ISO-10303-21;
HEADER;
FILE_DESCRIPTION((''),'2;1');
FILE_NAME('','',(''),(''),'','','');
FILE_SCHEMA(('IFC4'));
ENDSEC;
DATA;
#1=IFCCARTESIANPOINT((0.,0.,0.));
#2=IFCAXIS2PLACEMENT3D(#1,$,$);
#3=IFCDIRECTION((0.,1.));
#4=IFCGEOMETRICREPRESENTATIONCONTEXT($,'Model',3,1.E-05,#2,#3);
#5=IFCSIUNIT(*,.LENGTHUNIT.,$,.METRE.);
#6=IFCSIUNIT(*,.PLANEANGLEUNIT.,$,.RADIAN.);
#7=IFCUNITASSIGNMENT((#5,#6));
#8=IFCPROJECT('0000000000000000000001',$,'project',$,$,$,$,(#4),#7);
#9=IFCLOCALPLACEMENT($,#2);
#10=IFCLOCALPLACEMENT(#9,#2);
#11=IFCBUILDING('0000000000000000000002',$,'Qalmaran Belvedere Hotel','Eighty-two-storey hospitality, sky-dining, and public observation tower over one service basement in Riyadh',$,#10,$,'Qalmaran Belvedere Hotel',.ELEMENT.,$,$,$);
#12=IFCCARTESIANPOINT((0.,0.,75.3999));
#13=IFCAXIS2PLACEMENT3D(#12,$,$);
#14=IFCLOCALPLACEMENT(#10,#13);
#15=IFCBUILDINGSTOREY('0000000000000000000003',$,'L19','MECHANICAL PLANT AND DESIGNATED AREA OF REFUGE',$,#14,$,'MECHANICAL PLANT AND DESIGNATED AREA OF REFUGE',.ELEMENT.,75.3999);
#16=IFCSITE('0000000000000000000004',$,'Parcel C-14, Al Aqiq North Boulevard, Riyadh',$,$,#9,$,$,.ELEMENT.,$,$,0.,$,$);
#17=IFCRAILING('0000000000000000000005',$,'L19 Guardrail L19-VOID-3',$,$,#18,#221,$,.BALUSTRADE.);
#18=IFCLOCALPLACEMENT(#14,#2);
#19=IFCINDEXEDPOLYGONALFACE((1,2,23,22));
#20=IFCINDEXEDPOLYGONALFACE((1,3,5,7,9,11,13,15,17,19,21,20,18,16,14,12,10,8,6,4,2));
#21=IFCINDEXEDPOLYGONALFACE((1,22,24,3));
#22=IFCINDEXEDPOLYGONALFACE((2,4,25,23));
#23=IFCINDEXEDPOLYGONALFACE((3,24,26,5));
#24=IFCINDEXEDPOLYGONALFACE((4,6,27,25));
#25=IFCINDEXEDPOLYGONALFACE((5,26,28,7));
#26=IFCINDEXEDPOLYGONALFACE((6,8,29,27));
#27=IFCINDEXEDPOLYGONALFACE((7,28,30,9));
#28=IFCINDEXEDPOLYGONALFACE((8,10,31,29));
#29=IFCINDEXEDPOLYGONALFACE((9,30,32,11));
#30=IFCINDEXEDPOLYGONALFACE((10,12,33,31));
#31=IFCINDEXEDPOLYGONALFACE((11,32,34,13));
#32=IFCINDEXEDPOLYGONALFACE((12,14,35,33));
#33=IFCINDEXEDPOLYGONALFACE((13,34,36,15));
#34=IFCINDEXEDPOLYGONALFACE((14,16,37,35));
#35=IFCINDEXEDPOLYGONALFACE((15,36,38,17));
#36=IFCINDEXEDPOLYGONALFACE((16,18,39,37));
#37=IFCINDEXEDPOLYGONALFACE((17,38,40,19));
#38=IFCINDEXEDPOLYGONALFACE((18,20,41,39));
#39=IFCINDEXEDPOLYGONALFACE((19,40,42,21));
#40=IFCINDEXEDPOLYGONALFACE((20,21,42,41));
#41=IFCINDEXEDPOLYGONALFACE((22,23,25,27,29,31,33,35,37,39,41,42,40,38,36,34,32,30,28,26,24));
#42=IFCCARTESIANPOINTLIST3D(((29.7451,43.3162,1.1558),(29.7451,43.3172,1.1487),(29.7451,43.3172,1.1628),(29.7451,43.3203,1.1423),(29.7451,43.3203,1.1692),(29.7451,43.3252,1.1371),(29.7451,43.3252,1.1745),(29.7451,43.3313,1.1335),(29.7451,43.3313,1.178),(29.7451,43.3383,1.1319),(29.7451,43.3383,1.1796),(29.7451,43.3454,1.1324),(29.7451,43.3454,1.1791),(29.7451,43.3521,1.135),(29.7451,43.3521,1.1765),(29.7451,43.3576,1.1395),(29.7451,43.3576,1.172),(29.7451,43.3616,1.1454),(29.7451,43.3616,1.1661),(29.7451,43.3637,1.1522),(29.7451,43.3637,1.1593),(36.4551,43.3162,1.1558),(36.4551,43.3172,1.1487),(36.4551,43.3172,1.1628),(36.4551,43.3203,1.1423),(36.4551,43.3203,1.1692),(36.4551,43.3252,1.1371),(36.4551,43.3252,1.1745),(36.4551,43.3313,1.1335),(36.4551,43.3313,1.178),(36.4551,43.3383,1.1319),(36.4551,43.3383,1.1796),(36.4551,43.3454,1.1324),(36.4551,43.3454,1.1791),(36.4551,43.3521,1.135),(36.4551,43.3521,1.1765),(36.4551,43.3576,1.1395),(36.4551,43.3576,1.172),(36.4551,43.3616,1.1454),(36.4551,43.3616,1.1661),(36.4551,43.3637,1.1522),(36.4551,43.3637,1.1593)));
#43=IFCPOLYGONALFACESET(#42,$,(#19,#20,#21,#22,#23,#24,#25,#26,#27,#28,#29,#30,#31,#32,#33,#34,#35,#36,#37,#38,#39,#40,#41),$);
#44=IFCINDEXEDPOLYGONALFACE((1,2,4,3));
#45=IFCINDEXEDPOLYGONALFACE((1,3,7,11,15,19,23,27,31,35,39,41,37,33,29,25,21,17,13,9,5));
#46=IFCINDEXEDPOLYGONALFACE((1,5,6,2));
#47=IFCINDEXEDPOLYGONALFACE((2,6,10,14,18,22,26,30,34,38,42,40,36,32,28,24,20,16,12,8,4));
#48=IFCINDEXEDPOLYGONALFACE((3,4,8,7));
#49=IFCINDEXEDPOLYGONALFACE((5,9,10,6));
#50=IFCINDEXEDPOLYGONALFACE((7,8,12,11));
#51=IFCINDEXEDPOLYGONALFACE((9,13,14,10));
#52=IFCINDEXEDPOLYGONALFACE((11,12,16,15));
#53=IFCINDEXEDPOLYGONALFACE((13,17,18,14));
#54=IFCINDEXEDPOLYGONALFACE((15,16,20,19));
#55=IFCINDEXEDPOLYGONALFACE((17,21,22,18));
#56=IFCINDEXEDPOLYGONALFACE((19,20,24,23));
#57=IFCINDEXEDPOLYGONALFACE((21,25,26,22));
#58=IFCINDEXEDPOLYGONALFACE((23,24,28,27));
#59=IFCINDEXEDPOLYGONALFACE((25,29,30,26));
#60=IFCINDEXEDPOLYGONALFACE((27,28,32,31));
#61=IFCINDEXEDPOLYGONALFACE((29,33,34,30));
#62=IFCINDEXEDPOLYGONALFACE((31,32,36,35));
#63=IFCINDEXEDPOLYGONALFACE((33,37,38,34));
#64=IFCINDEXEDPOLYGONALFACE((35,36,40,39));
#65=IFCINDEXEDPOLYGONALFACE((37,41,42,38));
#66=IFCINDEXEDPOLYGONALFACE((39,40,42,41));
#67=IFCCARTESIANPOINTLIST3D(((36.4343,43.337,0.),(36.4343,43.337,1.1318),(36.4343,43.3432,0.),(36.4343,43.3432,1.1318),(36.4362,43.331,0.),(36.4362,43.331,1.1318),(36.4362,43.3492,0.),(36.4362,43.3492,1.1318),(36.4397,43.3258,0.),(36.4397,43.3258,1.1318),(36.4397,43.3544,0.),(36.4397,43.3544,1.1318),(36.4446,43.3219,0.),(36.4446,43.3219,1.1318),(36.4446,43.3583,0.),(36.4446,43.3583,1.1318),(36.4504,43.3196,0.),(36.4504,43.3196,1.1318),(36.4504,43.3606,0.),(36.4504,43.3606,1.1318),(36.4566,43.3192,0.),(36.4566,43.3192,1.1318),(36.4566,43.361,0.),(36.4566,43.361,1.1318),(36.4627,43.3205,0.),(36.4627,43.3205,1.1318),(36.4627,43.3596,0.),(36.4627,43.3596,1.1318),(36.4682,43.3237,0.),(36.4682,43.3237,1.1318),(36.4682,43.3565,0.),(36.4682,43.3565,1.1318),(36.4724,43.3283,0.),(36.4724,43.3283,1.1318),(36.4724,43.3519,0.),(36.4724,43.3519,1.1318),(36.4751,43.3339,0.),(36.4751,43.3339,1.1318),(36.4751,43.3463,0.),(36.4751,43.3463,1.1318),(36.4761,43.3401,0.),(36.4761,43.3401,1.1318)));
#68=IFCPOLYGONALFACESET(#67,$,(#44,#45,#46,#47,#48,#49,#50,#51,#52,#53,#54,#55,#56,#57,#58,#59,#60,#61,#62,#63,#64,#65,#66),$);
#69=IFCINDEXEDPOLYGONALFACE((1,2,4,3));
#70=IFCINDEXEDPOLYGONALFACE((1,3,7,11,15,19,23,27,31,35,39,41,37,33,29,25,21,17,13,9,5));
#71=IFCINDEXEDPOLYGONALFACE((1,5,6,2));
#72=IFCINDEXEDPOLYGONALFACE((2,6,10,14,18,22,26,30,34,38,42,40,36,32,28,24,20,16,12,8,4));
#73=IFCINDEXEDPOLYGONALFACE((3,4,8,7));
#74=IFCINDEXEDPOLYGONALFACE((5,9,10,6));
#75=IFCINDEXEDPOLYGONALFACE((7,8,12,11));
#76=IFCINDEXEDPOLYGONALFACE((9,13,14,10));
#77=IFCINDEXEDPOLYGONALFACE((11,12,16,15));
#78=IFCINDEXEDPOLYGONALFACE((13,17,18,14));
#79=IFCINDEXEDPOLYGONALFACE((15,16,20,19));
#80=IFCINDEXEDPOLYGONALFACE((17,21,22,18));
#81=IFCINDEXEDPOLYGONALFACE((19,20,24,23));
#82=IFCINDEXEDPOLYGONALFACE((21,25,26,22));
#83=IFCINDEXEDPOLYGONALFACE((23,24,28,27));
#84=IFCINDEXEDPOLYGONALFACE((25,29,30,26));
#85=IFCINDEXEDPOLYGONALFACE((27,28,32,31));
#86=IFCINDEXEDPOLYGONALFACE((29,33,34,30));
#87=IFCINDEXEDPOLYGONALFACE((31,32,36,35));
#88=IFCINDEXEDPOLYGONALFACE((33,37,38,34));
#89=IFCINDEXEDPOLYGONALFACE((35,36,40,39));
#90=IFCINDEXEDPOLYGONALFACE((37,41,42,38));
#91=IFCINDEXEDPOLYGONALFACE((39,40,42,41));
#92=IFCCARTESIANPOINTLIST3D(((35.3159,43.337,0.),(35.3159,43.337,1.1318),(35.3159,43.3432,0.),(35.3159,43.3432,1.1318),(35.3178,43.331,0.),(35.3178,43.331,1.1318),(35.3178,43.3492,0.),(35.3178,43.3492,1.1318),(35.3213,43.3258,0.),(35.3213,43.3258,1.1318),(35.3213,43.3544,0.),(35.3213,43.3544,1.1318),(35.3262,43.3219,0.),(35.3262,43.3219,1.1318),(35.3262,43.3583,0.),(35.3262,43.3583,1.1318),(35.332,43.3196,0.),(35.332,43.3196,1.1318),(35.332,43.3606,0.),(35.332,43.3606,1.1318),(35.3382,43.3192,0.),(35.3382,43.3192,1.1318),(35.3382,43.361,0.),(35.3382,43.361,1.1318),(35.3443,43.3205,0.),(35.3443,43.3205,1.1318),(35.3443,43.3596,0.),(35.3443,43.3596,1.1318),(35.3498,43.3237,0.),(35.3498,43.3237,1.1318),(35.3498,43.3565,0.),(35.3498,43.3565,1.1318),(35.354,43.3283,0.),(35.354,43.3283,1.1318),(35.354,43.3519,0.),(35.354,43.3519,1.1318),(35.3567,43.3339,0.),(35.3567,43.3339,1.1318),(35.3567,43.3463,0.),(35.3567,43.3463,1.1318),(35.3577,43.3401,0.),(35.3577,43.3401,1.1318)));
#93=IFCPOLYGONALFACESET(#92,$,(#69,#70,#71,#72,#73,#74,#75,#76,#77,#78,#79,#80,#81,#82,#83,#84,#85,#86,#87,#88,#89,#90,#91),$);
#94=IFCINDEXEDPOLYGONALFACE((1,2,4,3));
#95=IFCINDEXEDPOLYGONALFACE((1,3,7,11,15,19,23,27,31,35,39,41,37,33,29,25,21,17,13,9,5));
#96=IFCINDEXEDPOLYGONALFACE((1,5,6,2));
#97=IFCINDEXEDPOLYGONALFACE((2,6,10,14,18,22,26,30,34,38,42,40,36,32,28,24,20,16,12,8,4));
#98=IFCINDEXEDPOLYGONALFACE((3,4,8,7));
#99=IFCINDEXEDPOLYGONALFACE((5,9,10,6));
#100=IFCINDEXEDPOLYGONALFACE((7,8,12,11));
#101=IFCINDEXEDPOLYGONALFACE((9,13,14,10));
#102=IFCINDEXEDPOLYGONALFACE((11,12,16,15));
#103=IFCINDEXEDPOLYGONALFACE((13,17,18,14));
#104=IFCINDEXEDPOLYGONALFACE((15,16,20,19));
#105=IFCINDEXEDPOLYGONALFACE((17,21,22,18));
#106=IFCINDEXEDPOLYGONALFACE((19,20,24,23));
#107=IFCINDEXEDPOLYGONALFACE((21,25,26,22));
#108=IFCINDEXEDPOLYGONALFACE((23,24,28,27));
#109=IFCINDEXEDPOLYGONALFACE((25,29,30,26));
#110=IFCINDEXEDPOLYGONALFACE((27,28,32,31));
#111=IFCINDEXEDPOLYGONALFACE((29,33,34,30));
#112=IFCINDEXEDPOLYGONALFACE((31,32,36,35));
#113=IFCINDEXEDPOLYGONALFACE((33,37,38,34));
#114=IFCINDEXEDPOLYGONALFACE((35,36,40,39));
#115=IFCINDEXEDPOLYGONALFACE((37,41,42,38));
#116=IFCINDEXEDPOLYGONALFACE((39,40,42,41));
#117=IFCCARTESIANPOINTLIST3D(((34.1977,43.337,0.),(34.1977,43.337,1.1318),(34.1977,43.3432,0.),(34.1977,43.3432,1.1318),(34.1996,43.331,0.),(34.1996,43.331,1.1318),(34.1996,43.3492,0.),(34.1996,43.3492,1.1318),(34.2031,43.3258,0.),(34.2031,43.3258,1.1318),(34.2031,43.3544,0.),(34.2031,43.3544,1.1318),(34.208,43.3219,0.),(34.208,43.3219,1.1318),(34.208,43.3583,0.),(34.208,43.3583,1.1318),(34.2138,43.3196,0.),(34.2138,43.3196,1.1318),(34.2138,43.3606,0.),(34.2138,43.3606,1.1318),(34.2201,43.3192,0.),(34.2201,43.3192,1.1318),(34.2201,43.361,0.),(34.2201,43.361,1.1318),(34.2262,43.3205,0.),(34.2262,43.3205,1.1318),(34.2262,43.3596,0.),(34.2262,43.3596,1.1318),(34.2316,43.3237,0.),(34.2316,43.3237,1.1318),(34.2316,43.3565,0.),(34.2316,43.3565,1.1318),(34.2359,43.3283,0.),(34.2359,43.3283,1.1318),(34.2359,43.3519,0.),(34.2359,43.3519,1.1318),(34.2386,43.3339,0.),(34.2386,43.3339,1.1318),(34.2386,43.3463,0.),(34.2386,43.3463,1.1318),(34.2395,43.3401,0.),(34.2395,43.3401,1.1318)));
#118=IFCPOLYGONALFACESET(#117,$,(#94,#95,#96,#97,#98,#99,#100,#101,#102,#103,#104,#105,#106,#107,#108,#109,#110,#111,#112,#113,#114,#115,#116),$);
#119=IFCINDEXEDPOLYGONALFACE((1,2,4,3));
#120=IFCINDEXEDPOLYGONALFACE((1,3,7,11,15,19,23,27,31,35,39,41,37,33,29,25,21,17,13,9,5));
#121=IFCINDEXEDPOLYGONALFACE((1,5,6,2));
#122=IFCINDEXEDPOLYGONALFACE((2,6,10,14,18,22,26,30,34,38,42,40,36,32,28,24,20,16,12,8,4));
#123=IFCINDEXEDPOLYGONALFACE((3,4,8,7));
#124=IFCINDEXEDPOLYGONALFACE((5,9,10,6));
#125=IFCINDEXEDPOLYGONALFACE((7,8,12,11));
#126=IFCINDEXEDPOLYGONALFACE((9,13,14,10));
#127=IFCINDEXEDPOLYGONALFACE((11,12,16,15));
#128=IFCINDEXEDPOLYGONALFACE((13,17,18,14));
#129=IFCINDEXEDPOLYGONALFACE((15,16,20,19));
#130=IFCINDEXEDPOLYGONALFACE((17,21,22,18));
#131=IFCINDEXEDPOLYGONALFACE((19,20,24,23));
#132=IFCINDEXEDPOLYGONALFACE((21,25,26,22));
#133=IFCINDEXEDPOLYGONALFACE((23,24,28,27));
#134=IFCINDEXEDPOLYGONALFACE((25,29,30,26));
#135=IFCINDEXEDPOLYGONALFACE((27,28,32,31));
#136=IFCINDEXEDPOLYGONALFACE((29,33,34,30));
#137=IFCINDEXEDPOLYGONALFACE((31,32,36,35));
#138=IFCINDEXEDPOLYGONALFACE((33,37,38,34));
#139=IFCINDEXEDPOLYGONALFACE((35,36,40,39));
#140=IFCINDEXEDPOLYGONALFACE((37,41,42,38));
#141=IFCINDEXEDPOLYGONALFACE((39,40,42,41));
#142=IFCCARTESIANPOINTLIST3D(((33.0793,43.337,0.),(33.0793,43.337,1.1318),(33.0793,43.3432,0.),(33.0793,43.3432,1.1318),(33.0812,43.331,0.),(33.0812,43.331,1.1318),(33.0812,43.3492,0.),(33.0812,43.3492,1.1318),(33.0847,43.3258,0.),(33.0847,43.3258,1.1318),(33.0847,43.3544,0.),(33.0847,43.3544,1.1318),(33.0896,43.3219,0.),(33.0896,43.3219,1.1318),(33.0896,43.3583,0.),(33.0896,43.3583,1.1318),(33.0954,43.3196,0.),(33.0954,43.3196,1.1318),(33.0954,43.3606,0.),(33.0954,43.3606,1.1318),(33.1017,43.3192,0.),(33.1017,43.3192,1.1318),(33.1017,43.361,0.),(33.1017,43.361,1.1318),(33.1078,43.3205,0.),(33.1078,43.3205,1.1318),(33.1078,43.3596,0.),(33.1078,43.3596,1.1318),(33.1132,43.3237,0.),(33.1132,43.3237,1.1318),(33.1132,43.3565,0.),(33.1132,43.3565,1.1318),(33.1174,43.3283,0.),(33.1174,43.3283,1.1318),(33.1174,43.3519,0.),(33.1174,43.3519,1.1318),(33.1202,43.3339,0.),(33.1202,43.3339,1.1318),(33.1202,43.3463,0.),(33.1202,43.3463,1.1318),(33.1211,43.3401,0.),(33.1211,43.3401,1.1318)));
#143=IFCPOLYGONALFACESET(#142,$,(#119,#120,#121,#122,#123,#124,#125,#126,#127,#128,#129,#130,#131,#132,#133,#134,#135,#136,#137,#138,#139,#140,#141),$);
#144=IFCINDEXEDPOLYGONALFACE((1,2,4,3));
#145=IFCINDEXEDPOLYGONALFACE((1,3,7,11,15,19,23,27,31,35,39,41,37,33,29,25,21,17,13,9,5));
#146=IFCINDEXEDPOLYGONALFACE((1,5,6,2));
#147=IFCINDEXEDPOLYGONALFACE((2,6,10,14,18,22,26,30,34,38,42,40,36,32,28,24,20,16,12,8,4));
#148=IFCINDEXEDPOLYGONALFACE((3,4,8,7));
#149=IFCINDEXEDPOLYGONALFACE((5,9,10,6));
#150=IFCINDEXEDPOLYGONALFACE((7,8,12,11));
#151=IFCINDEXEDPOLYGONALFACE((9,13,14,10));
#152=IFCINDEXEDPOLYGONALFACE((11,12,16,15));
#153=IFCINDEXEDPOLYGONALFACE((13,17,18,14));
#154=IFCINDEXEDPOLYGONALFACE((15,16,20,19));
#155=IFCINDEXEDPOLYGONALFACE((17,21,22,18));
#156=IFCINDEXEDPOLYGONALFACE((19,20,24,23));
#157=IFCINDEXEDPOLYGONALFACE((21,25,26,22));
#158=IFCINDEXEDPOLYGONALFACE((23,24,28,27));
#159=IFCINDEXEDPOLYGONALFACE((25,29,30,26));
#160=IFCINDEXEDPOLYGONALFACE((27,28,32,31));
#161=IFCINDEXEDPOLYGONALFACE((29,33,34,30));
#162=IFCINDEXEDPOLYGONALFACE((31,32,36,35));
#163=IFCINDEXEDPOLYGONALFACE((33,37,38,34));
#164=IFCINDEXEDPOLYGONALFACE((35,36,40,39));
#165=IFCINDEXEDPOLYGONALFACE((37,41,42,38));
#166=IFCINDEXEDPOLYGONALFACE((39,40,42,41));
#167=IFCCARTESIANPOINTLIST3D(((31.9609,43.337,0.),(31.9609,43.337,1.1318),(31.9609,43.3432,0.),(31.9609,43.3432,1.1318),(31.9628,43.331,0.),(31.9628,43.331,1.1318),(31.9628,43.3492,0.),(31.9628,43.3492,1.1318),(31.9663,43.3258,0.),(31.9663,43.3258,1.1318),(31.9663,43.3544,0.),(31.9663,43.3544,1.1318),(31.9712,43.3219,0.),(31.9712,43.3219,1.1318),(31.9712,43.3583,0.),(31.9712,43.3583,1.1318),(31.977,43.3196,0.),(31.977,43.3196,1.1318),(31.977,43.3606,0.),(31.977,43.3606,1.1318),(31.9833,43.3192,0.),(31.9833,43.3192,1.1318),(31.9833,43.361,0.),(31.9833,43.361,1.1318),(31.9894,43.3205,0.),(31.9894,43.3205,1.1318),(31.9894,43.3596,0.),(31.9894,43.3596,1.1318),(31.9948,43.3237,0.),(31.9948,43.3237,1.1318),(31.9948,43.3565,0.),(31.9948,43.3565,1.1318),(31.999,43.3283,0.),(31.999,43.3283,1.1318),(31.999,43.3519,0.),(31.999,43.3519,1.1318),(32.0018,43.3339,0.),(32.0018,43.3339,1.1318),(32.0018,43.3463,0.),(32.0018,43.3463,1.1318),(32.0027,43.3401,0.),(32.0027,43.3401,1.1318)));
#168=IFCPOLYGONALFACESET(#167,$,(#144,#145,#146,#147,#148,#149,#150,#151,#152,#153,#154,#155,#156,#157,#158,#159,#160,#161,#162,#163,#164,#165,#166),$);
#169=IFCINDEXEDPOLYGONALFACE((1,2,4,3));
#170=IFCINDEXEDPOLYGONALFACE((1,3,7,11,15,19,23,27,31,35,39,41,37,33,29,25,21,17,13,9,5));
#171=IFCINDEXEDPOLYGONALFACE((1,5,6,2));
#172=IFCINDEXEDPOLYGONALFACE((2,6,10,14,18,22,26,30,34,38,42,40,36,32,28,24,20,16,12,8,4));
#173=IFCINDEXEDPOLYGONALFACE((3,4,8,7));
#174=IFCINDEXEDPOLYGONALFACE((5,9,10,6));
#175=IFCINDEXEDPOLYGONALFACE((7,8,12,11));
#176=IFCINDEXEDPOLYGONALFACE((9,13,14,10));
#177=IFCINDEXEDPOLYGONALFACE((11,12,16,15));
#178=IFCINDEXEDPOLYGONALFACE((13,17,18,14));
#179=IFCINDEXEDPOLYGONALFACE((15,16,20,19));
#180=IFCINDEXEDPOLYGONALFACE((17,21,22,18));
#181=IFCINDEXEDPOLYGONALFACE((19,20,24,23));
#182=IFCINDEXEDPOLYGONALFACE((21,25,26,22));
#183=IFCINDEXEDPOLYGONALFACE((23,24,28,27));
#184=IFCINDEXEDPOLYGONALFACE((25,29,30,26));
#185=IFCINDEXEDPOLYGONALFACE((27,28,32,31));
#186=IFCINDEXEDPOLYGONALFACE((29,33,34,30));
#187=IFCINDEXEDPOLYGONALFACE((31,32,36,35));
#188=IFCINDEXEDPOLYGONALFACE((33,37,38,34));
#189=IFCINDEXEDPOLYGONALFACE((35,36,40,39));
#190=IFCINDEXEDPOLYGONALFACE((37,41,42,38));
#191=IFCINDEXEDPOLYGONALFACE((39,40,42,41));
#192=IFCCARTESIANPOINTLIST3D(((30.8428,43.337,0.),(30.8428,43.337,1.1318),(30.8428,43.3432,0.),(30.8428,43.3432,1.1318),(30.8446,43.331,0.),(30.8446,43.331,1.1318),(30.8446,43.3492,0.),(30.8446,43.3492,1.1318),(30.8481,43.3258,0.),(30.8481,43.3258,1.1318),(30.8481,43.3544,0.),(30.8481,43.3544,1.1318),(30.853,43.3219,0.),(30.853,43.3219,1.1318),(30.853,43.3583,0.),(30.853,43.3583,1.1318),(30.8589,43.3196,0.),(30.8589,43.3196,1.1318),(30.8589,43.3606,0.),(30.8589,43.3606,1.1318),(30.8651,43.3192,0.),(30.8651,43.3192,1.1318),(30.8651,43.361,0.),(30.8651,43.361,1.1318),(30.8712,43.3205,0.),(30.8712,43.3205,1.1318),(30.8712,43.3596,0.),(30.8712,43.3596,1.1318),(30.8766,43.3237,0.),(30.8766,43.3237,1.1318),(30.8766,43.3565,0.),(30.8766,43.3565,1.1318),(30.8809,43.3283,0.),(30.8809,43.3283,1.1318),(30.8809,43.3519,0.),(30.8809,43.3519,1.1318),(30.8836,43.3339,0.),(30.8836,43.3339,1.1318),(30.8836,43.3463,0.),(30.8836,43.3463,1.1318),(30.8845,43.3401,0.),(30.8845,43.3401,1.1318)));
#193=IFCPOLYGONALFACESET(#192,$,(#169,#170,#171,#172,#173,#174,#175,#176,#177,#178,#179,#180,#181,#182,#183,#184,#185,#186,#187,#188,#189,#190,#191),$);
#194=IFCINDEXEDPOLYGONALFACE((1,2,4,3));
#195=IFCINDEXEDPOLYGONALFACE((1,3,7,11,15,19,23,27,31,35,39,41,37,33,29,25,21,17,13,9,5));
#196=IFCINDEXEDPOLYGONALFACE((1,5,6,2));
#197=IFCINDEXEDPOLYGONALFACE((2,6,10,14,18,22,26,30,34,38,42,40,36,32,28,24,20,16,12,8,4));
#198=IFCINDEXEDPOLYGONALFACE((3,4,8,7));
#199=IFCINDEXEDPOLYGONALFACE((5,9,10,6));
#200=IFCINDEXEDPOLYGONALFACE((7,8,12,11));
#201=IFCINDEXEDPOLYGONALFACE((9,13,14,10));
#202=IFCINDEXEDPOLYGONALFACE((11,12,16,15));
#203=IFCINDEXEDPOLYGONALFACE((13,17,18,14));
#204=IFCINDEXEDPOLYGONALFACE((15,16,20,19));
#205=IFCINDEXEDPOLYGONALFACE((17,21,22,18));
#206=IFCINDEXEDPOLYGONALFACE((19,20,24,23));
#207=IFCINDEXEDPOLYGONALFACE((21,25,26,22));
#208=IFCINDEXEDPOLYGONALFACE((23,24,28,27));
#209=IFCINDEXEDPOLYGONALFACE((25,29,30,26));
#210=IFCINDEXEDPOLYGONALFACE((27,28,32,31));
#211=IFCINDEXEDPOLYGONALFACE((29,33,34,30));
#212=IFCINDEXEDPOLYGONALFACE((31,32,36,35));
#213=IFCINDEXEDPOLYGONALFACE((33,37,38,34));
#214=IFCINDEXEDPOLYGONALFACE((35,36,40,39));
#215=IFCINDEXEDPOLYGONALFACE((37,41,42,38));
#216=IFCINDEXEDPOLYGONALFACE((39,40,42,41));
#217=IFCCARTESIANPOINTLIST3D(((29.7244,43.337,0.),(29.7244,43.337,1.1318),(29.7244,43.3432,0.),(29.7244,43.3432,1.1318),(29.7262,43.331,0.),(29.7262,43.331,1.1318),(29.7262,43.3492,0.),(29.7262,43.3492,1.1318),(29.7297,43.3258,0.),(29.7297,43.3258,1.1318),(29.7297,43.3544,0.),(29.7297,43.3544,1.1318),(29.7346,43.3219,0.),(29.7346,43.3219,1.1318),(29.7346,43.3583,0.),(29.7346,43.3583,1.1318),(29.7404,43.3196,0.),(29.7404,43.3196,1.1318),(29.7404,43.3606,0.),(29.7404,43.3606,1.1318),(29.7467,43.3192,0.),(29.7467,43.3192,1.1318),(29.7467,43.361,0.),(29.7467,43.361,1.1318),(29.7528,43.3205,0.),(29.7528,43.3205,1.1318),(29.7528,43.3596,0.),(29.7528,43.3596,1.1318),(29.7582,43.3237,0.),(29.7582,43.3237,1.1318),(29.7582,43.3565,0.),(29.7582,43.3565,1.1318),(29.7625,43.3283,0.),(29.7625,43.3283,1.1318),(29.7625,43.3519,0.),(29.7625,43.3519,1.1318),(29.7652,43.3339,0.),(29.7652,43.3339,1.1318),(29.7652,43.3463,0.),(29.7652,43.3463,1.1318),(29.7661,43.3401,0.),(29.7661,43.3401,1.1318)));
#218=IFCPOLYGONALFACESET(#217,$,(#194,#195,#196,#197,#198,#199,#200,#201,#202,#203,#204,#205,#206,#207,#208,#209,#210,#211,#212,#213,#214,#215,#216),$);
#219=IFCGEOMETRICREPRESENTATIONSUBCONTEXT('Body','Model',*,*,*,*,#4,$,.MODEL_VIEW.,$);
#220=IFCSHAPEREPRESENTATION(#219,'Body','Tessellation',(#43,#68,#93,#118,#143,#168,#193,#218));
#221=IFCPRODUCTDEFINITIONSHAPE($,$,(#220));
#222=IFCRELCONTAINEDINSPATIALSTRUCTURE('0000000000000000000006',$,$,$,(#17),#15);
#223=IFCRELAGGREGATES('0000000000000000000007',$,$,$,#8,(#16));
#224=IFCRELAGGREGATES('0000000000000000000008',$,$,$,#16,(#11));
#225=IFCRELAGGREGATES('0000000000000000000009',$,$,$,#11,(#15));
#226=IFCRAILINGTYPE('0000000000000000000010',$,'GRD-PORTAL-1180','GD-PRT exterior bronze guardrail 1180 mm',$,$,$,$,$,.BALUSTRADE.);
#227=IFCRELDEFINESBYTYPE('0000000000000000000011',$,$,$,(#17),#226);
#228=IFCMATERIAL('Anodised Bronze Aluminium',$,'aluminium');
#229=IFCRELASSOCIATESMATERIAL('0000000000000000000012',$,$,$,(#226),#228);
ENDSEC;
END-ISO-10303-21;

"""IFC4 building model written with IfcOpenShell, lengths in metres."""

from ifc_helpers import new_model, si_unit, direction, frame, origin, origin_2d, place, context, subcontext, project, spatial, circle, extrude, material, type_object, element, save


model = new_model("IFC4")

# Units and contexts
model_context = context("Model", 3, precision=1e-05, world=origin(), true_north=direction((0.0, 1.0)))
body_context = subcontext(model_context, "Body", "Model", "MODEL_VIEW")
ifc_project = project(units=[si_unit("LENGTHUNIT", "METRE"), si_unit("PLANEANGLEUNIT", "RADIAN")], contexts=[model_context])

# Site, building, storey
site_placement = place(None, origin())
site = spatial("IfcSite", under=ifc_project, at=site_placement, Name="Parcel C-14, Al Aqiq North Boulevard, Riyadh", CompositionType="ELEMENT", RefElevation=0.0)
building_placement = place(site_placement, origin())
building = spatial("IfcBuilding", under=site, at=building_placement, Name="Qalmaran Belvedere Hotel", Description="Eighty-two-storey hospitality, sky-dining, and public observation tower over one service basement in Riyadh", LongName="Qalmaran Belvedere Hotel", CompositionType="ELEMENT")
storey_placement = place(building_placement, frame((0.0, 0.0, 75.3999)))
storey = spatial("IfcBuildingStorey", under=building, at=storey_placement, Name="L19", Description="MECHANICAL PLANT AND DESIGNATED AREA OF REFUGE", LongName="MECHANICAL PLANT AND DESIGNATED AREA OF REFUGE", CompositionType="ELEMENT", Elevation=75.3999)

# Railing
ifc_material_1 = material(Name="Anodised Bronze Aluminium", Category="aluminium")
railing_type = type_object("IfcRailingType", Name="GRD-PORTAL-1180", Description="GD-PRT exterior bronze guardrail 1180 mm", PredefinedType="BALUSTRADE", material=ifc_material_1)
railing_1_placement = place(storey_placement, frame((36.4551, 43.3401, 0.0)))
element("IfcRailing", 1, at=railing_1_placement, inside=storey, type_object=railing_type, Name="L19 Guardrail L19-VOID-3", PredefinedType="BALUSTRADE", context=body_context, shape_type="SweptSolid", body=[
    extrude(circle(Radius=0.0239, at=origin_2d()), frame((0.0, 0.0, 1.1558), z_axis=(-1.0, 0.0, 0.0), x_axis=(0.0, -1.0, 0.0)), (0.0, 0.0, 1.0), 6.71),
    extrude(circle(Radius=0.021, at=origin_2d()), origin(), (0.0, 0.0, 1.0), 1.1318),
    extrude(circle(Radius=0.021, at=origin_2d()), frame((-1.1184, 0.0, 0.0)), (0.0, 0.0, 1.0), 1.1318),
    extrude(circle(Radius=0.021, at=origin_2d()), frame((-2.2366, 0.0, 0.0)), (0.0, 0.0, 1.0), 1.1318),
    extrude(circle(Radius=0.021, at=origin_2d()), frame((-3.355, 0.0, 0.0)), (0.0, 0.0, 1.0), 1.1318),
    extrude(circle(Radius=0.021, at=origin_2d()), frame((-4.4734, 0.0, 0.0)), (0.0, 0.0, 1.0), 1.1318),
    extrude(circle(Radius=0.021, at=origin_2d()), frame((-5.5916, 0.0, 0.0)), (0.0, 0.0, 1.0), 1.1318),
    extrude(circle(Radius=0.021, at=origin_2d()), frame((-6.71, 0.0, 0.0)), (0.0, 0.0, 1.0), 1.1318),
])

save(model, "model.ifc")
